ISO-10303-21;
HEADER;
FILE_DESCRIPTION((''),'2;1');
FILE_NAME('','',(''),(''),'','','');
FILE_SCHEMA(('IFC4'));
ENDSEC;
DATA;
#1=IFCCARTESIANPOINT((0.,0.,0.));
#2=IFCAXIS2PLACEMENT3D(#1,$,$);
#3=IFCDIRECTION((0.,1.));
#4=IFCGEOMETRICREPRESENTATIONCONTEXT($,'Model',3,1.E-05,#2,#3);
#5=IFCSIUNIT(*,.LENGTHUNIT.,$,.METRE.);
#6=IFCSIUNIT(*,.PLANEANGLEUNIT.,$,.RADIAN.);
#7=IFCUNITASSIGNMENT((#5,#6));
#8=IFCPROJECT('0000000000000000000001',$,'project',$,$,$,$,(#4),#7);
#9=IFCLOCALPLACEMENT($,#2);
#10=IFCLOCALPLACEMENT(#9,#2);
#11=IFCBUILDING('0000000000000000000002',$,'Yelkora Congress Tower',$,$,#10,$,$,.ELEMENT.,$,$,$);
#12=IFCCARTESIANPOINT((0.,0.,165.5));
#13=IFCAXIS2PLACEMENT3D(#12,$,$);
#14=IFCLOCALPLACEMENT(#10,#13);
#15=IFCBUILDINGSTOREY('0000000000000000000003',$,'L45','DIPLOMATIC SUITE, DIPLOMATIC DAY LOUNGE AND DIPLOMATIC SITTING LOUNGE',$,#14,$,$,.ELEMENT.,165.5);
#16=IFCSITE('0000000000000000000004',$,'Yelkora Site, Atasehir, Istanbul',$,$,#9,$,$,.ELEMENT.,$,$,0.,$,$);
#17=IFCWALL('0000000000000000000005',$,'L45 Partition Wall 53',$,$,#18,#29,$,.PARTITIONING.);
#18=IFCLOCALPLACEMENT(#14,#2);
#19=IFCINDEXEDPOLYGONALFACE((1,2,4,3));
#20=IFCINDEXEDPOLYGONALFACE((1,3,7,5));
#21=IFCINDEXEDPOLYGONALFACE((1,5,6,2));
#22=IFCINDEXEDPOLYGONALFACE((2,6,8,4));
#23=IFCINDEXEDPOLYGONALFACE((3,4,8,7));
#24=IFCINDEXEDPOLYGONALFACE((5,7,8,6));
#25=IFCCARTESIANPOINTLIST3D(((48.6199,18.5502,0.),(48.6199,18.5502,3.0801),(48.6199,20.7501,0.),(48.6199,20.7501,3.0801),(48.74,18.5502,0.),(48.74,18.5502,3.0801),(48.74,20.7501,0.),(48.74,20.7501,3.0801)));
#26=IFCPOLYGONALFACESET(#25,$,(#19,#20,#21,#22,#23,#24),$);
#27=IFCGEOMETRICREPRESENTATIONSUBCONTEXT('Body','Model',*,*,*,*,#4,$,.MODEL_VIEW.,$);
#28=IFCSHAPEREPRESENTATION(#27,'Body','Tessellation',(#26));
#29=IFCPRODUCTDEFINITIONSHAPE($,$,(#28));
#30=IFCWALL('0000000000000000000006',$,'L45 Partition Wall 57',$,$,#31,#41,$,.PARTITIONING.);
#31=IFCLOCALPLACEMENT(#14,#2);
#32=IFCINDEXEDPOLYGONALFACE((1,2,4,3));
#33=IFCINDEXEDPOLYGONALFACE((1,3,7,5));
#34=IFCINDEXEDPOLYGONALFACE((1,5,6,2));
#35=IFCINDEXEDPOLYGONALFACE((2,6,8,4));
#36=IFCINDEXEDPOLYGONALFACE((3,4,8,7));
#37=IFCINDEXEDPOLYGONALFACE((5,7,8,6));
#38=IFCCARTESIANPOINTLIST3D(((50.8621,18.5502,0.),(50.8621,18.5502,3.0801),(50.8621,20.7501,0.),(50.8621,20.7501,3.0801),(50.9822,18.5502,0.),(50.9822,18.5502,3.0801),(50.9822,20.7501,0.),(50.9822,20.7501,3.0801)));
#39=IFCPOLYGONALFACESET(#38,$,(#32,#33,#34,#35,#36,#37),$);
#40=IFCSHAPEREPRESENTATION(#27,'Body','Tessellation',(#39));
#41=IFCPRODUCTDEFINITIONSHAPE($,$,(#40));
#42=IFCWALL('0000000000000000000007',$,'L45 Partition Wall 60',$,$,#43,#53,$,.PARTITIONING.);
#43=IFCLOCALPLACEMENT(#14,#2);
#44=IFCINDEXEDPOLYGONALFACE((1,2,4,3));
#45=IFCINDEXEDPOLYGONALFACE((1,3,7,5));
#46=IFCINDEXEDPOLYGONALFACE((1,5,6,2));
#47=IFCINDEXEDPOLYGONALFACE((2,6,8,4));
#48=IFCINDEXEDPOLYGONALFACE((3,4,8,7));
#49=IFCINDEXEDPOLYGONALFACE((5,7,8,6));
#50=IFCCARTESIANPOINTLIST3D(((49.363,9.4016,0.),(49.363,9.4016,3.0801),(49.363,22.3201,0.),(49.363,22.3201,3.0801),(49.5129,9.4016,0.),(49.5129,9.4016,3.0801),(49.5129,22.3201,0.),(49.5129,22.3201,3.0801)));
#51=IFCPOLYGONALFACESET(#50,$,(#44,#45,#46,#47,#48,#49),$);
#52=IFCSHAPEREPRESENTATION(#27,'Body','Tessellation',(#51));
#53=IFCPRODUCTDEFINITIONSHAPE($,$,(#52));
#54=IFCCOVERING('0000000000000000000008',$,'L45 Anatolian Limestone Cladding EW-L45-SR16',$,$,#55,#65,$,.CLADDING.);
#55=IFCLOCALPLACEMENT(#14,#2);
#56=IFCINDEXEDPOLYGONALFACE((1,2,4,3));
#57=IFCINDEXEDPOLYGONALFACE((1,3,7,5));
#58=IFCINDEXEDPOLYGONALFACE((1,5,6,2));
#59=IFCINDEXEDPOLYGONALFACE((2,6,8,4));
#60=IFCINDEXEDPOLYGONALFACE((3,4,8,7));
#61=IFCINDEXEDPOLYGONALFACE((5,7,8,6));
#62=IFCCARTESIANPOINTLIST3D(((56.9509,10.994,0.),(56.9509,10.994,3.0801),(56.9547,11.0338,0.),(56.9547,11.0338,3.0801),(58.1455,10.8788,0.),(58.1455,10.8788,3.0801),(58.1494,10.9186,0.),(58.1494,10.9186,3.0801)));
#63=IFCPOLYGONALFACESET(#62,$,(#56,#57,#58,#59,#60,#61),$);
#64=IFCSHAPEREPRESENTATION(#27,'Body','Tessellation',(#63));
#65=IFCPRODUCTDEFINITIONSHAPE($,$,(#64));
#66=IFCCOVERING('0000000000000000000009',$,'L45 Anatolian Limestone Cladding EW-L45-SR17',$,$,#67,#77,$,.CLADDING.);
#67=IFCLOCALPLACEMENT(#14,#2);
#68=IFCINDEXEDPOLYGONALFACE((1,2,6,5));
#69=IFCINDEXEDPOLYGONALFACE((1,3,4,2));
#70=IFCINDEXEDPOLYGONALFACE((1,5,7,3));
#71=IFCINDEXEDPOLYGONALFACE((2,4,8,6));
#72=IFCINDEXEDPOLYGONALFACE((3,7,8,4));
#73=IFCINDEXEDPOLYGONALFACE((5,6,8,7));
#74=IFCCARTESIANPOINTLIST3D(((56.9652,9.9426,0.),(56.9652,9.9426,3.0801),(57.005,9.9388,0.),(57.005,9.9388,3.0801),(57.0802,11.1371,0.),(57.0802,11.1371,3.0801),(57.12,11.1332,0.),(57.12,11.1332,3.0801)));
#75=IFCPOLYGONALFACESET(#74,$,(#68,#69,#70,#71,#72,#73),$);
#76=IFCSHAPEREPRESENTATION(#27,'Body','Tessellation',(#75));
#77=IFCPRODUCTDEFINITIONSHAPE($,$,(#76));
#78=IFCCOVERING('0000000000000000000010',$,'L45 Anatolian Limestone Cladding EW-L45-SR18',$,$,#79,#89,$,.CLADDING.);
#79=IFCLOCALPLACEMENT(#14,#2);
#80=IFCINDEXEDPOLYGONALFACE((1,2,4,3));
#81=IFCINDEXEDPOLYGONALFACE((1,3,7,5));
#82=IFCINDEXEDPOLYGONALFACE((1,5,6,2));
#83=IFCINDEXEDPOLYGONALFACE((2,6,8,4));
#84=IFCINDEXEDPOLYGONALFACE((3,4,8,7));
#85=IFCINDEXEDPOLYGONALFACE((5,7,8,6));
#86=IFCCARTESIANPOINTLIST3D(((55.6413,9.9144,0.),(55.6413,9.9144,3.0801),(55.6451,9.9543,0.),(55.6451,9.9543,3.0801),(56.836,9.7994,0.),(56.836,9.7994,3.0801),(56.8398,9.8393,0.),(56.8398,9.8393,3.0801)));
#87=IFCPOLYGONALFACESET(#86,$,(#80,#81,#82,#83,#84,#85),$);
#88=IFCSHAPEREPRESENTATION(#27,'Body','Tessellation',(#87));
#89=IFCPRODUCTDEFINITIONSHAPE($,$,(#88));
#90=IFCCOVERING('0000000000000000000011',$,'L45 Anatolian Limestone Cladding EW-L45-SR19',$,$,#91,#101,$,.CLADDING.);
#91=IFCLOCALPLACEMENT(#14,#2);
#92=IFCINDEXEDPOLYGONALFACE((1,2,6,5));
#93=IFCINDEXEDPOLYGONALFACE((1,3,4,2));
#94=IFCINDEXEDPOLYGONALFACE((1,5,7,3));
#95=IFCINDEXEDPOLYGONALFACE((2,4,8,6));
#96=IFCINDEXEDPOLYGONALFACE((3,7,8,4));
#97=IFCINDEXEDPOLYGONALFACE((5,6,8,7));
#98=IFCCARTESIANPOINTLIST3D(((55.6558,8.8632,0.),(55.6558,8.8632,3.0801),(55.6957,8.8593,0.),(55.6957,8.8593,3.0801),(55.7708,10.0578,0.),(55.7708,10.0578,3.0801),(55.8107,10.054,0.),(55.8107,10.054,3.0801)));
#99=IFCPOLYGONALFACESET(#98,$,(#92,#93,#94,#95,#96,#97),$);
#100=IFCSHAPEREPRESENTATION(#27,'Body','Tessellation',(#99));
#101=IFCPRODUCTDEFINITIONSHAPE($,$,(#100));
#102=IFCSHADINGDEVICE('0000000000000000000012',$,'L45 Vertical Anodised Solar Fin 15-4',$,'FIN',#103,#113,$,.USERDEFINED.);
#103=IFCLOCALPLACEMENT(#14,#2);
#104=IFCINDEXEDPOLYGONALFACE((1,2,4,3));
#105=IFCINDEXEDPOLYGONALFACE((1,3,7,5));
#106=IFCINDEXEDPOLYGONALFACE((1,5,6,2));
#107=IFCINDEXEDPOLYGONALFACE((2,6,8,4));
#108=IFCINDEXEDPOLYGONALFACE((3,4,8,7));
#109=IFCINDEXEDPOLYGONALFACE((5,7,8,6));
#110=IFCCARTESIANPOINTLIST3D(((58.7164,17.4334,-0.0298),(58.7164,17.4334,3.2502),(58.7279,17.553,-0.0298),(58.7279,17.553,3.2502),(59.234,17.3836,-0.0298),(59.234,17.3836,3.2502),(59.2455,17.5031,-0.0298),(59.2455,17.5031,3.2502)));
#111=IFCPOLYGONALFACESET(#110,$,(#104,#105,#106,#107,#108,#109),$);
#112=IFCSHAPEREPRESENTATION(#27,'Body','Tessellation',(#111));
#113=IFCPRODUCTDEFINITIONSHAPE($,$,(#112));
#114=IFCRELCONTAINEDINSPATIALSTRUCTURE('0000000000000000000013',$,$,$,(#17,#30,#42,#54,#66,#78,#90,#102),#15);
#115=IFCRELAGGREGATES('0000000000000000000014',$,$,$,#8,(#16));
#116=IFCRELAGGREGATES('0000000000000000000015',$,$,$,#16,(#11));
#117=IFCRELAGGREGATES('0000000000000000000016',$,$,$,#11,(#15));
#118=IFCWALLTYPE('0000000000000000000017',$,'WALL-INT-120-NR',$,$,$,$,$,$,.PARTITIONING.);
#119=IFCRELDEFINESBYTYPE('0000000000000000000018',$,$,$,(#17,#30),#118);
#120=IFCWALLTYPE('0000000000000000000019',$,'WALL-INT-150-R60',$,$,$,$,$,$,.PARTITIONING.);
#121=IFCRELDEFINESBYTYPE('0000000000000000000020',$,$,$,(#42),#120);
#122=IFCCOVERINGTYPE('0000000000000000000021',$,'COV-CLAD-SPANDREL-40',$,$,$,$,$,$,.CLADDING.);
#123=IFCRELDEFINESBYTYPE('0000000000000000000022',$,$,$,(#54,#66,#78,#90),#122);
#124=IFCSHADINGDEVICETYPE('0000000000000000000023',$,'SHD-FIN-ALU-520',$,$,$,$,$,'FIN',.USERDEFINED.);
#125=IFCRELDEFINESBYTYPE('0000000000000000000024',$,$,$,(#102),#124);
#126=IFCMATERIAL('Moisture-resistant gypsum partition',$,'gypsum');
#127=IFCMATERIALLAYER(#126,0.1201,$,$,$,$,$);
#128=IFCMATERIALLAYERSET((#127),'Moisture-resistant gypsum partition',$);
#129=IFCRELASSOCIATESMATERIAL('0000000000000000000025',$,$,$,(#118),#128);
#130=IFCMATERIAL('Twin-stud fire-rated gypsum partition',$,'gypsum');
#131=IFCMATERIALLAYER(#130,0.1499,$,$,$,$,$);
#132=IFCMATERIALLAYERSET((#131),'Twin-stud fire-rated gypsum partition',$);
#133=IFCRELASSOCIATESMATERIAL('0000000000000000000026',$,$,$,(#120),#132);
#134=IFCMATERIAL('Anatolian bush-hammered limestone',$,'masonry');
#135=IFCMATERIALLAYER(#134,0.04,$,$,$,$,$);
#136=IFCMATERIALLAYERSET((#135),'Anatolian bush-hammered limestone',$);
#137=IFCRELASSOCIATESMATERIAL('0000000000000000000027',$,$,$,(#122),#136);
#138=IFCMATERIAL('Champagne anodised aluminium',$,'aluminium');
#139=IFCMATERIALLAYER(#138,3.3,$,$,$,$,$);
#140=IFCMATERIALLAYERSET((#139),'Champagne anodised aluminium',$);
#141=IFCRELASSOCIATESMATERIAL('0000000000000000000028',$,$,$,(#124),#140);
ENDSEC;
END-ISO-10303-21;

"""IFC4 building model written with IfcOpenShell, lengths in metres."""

from ifc_helpers import new_model, si_unit, direction, frame, frame_2d, origin, origin_2d, place, context, subcontext, project, spatial, rectangle, extrude, material, layer, layer_set, type_object, element, save


model = new_model("IFC4")

# Units and contexts
model_context = context("Model", 3, precision=1e-05, world=origin(), true_north=direction((0.0, 1.0)))
body_context = subcontext(model_context, "Body", "Model", "MODEL_VIEW")
ifc_project = project(units=[si_unit("LENGTHUNIT", "METRE"), si_unit("PLANEANGLEUNIT", "RADIAN")], contexts=[model_context])

# Site, building, storey
site_placement = place(None, origin())
site = spatial("IfcSite", under=ifc_project, at=site_placement, Name="Yelkora Site, Atasehir, Istanbul", CompositionType="ELEMENT", RefElevation=0.0)
building_placement = place(site_placement, origin())
building = spatial("IfcBuilding", under=site, at=building_placement, Name="Yelkora Congress Tower", CompositionType="ELEMENT")
storey_placement = place(building_placement, frame((0.0, 0.0, 165.5)))
storey = spatial("IfcBuildingStorey", under=building, at=storey_placement, Name="L45", Description="DIPLOMATIC SUITE, DIPLOMATIC DAY LOUNGE AND DIPLOMATIC SITTING LOUNGE", CompositionType="ELEMENT", Elevation=165.5)

# Walls
ifc_material_1 = material(Name="Moisture-resistant gypsum partition", Category="gypsum")
ifc_layer_1 = layer(ifc_material_1, 0.1201)
ifc_layer_set_1 = layer_set([ifc_layer_1], Name="Moisture-resistant gypsum partition")
wall_type_1 = type_object("IfcWallType", Name="WALL-INT-120-NR", PredefinedType="PARTITIONING", material=ifc_layer_set_1)
for number, where, z_axis, x_axis, name in (
    (1, (48.6799, 18.55, 0.0), (0.0, 0.0, 1.0), (0.0, 1.0, 0.0), "L45 Partition Wall 53"),
    (2, (50.9221, 18.55, 0.0), (0.0, 0.0, 1.0), (0.0, 1.0, 0.0), "L45 Partition Wall 57"),
):
    element("IfcWall", number, at=place(storey_placement, frame(where, z_axis=z_axis, x_axis=x_axis)), inside=storey, type_object=wall_type_1, Name=name, PredefinedType="PARTITIONING", context=body_context, shape_type="SweptSolid", body=[
        extrude(rectangle(XDim=2.2, YDim=0.1201, at=frame_2d((1.1001, 0.0))), origin(), (0.0, 0.0, 1.0), 3.0801),
    ])
ifc_material_2 = material(Name="Twin-stud fire-rated gypsum partition", Category="gypsum")
ifc_layer_2 = layer(ifc_material_2, 0.1499)
ifc_layer_set_2 = layer_set([ifc_layer_2], Name="Twin-stud fire-rated gypsum partition")
wall_type_2 = type_object("IfcWallType", Name="WALL-INT-150-R60", PredefinedType="PARTITIONING", material=ifc_layer_set_2)
wall_1_placement = place(storey_placement, frame((49.438, 9.4016, 0.0), z_axis=(0.0, 0.0, 1.0), x_axis=(0.0, 1.0, 0.0)))
element("IfcWall", 3, at=wall_1_placement, inside=storey, type_object=wall_type_2, Name="L45 Partition Wall 60", PredefinedType="PARTITIONING", context=body_context, shape_type="SweptSolid", body=[
    extrude(rectangle(XDim=12.9185, YDim=0.1499, at=frame_2d((6.4592, 0.0))), origin(), (0.0, 0.0, 1.0), 3.0801),
])

# Coverings
ifc_material_3 = material(Name="Anatolian bush-hammered limestone", Category="masonry")
ifc_layer_3 = layer(ifc_material_3, 0.04)
ifc_layer_set_3 = layer_set([ifc_layer_3], Name="Anatolian bush-hammered limestone")
covering_type = type_object("IfcCoveringType", Name="COV-CLAD-SPANDREL-40", PredefinedType="CLADDING", material=ifc_layer_set_3)
covering_1_placement = place(storey_placement, frame((58.1475, 10.8987, 0.0), z_axis=(0.0, 0.0, 1.0), x_axis=(-0.99538, 0.096019, 0.0)))
element("IfcCovering", 4, at=covering_1_placement, inside=storey, type_object=covering_type, Name="L45 Anatolian Limestone Cladding EW-L45-SR16", PredefinedType="CLADDING", context=body_context, shape_type="SweptSolid", body=[
    extrude(rectangle(XDim=1.2002, YDim=0.04, at=frame_2d((0.6001, 0.0))), origin(), (0.0, 0.0, 1.0), 3.0801),
])
covering_2_placement = place(storey_placement, frame((57.1001, 11.1353, 0.0), z_axis=(0.0, 0.0, 1.0), x_axis=(-0.095836, -0.995397, 0.0)))
element("IfcCovering", 5, at=covering_2_placement, inside=storey, type_object=covering_type, Name="L45 Anatolian Limestone Cladding EW-L45-SR17", PredefinedType="CLADDING", context=body_context, shape_type="SweptSolid", body=[
    extrude(rectangle(XDim=1.2, YDim=0.04, at=frame_2d((0.6001, 0.0))), origin(), (0.0, 0.0, 1.0), 3.0801),
])
for number, where, z_axis, x_axis, name in (
    (6, (56.8379, 9.8193, 0.0), (0.0, 0.0, 1.0), (-0.995399, 0.095817, 0.0), "L45 Anatolian Limestone Cladding EW-L45-SR18"),
    (7, (55.7908, 10.0559, 0.0), (0.0, 0.0, 1.0), (-0.095817, -0.995399, 0.0), "L45 Anatolian Limestone Cladding EW-L45-SR19"),
):
    element("IfcCovering", number, at=place(storey_placement, frame(where, z_axis=z_axis, x_axis=x_axis)), inside=storey, type_object=covering_type, Name=name, PredefinedType="CLADDING", context=body_context, shape_type="SweptSolid", body=[
        extrude(rectangle(XDim=1.2002, YDim=0.04, at=frame_2d((0.6001, 0.0))), origin(), (0.0, 0.0, 1.0), 3.0801),
    ])

# Shading device
ifc_material_4 = material(Name="Champagne anodised aluminium", Category="aluminium")
ifc_layer_4 = layer(ifc_material_4, 3.3)
ifc_layer_set_4 = layer_set([ifc_layer_4], Name="Champagne anodised aluminium")
shading_device_type = type_object("IfcShadingDeviceType", Name="SHD-FIN-ALU-520", ElementType="FIN", PredefinedType="USERDEFINED", material=ifc_layer_set_4)
shading_device_placement = place(storey_placement, frame((58.981, 17.4683, -0.0298), z_axis=(0.0, 0.0, 1.0), x_axis=(-0.095846, -0.995396, 0.0)))
element("IfcShadingDevice", 8, at=shading_device_placement, inside=storey, type_object=shading_device_type, Name="L45 Vertical Anodised Solar Fin 15-4", ObjectType="FIN", PredefinedType="USERDEFINED", context=body_context, shape_type="SweptSolid", body=[
    extrude(rectangle(XDim=0.1201, YDim=0.52, at=origin_2d()), origin(), (0.0, 0.0, 1.0), 3.28),
])

save(model, "model.ifc")
